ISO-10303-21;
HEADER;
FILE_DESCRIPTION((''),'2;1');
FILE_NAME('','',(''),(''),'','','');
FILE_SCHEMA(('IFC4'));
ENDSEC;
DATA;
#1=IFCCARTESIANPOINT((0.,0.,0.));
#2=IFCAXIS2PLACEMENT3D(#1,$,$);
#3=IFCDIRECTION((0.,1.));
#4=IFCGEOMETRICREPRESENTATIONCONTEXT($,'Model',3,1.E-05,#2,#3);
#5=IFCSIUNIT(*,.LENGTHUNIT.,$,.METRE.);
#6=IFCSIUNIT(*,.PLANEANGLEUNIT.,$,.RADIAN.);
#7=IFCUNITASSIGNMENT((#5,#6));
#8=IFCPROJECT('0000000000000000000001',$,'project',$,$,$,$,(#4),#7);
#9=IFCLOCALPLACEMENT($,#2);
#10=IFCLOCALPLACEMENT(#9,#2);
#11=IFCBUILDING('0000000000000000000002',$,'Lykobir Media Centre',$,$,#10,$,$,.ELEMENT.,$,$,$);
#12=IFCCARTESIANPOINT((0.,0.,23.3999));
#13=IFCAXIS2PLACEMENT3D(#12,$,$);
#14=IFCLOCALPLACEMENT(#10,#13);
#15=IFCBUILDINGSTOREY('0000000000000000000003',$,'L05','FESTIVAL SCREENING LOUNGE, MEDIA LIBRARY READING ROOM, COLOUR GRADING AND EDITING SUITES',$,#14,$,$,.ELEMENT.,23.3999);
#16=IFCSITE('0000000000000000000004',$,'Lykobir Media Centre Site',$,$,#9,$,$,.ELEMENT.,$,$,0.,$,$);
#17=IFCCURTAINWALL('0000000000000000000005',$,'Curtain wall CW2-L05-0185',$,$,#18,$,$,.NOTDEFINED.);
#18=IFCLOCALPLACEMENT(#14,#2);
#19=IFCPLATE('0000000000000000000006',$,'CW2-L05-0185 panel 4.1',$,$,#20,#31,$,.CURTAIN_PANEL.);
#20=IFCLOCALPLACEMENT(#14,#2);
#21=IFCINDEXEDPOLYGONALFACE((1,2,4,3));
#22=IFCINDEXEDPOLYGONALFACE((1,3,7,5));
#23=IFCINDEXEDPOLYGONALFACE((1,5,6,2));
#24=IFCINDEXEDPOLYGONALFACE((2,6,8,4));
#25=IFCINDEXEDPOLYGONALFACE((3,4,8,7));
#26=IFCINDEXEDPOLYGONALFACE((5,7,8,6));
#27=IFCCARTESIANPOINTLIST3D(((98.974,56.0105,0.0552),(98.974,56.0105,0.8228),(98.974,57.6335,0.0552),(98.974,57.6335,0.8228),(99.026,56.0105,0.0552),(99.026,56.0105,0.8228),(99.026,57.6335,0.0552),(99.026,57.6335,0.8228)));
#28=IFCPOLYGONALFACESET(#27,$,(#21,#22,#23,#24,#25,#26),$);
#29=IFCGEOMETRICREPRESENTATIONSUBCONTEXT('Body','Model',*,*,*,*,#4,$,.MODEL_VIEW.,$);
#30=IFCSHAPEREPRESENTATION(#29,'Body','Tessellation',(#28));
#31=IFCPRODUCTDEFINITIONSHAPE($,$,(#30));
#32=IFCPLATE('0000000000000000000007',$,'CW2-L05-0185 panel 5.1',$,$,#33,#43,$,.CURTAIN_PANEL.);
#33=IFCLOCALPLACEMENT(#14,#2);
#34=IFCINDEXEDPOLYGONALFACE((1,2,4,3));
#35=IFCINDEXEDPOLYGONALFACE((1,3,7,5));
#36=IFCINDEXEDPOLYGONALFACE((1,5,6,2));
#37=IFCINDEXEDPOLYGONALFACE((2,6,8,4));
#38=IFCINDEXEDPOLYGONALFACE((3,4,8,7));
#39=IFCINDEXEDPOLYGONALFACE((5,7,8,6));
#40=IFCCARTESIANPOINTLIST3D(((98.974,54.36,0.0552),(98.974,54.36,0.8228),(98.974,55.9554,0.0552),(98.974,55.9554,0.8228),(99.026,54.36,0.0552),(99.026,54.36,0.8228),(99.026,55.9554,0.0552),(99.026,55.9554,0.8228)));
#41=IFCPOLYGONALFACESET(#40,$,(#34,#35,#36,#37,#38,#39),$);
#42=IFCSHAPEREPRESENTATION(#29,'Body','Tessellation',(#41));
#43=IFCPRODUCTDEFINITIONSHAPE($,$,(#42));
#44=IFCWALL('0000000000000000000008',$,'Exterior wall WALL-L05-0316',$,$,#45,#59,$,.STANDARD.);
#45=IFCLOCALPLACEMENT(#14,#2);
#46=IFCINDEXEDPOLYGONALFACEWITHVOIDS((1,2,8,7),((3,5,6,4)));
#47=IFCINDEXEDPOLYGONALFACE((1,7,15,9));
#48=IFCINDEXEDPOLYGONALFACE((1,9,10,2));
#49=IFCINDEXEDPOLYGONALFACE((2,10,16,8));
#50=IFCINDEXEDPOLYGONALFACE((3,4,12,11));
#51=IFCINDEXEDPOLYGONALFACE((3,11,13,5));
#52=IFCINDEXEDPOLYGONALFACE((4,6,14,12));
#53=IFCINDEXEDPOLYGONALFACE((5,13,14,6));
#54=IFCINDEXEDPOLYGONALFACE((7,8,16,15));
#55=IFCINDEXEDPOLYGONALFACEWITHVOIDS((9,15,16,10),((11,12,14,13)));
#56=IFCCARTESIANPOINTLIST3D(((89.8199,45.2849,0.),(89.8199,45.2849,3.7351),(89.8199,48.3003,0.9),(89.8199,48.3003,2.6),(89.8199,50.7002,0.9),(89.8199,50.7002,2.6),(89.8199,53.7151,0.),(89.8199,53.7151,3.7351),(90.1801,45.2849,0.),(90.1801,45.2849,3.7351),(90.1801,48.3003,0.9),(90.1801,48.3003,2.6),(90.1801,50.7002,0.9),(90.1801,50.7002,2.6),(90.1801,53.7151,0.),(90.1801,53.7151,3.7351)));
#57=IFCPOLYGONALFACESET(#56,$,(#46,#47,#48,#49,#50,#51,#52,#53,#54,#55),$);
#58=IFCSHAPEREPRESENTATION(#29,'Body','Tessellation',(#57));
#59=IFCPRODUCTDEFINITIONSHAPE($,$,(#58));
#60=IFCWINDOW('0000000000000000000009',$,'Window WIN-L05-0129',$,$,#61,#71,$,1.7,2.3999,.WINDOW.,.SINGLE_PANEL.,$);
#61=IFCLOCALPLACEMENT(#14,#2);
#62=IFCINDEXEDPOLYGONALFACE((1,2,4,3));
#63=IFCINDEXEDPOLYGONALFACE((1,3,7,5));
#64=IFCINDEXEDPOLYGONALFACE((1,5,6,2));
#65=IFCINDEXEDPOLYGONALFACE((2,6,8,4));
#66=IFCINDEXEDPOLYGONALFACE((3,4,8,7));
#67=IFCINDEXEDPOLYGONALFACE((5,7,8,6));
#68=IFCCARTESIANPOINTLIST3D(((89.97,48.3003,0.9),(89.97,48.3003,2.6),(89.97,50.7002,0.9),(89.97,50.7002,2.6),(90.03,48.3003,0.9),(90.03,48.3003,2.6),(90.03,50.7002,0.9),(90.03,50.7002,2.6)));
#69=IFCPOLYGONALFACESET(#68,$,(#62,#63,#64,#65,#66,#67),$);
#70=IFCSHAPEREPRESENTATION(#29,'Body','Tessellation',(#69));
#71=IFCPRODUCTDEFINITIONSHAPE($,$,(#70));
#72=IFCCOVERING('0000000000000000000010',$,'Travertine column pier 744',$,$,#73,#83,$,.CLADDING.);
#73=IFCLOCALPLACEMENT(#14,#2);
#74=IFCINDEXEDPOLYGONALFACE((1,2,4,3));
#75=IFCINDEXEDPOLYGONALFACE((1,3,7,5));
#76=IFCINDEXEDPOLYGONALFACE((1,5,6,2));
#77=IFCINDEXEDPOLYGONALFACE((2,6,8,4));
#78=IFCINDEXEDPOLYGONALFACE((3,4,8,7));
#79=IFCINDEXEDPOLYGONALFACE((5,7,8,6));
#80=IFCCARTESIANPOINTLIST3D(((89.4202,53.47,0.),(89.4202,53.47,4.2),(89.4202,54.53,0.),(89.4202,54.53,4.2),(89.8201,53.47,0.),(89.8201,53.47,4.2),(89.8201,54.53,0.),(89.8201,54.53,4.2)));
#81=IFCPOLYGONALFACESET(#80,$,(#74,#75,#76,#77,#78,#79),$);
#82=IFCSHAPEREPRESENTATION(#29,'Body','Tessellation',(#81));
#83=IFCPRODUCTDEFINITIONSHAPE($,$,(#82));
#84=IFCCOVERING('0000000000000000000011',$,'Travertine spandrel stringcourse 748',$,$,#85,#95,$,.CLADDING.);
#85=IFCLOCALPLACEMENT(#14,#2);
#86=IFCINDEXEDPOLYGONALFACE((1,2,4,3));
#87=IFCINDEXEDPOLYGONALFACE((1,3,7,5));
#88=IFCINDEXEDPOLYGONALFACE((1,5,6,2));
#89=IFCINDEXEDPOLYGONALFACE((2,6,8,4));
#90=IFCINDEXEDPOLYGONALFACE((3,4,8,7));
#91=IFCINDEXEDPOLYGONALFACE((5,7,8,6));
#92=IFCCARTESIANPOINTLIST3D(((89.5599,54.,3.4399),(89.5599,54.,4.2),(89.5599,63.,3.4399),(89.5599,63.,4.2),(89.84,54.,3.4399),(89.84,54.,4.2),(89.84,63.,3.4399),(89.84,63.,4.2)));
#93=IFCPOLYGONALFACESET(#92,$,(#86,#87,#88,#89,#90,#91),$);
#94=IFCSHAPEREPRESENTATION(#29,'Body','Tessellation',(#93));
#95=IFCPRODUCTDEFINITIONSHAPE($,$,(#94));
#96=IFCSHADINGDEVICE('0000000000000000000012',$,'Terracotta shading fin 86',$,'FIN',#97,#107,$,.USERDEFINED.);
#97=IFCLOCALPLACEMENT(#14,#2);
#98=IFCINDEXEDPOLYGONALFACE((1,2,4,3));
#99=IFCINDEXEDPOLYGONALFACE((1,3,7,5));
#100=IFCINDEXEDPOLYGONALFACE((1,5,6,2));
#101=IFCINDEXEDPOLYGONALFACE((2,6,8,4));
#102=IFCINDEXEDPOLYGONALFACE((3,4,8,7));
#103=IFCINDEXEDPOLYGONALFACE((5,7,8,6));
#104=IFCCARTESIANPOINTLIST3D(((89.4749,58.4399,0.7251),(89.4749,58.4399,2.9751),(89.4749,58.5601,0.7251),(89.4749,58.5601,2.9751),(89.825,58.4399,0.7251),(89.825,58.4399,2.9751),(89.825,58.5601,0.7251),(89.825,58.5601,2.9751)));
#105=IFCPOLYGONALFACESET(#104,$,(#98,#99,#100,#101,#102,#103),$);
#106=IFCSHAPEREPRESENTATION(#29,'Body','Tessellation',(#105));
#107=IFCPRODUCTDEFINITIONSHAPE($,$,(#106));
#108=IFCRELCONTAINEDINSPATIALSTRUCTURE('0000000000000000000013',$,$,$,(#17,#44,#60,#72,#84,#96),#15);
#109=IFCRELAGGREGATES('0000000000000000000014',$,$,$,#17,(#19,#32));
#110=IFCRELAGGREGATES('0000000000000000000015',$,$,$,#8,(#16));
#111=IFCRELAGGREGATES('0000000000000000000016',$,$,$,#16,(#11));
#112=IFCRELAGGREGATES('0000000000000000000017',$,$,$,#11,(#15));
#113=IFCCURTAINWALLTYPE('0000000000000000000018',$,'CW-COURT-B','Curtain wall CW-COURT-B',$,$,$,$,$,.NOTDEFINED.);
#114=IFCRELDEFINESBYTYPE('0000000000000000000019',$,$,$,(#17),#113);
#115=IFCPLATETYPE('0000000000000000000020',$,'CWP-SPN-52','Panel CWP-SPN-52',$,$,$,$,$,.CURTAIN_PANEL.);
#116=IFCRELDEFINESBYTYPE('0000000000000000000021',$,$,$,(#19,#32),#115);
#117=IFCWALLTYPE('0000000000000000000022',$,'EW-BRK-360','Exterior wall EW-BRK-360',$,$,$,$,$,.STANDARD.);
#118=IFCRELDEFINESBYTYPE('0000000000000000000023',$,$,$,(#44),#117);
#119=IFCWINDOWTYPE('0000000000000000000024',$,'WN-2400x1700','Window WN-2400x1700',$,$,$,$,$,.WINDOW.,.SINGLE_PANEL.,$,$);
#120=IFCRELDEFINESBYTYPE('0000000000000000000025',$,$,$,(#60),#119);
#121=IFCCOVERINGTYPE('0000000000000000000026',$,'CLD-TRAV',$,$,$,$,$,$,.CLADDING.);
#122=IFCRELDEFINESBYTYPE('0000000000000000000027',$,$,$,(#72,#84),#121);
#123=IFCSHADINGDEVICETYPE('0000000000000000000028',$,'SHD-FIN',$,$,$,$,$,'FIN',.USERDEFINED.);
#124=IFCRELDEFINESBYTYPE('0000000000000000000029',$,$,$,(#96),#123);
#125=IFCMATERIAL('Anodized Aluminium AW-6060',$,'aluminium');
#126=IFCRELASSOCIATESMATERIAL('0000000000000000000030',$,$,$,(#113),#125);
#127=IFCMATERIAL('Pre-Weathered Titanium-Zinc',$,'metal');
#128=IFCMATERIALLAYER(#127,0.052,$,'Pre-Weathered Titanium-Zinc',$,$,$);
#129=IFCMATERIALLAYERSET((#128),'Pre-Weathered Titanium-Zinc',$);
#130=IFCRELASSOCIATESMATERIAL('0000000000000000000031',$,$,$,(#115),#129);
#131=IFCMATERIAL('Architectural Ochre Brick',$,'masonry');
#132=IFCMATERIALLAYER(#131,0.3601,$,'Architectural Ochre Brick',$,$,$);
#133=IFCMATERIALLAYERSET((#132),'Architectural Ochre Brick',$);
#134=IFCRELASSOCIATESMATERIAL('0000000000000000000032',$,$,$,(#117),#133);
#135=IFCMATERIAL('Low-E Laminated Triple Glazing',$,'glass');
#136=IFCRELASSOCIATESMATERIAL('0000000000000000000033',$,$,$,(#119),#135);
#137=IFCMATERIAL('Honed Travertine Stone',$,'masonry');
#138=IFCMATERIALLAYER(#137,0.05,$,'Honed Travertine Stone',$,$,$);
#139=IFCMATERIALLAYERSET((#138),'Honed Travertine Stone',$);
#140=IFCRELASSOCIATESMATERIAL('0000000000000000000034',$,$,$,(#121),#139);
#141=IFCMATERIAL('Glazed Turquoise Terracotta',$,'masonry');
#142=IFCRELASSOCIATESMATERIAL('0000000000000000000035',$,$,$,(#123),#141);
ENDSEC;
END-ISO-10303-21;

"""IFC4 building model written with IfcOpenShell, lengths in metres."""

from ifc_helpers import new_model, si_unit, direction, frame, frame_2d, origin, origin_2d, place, context, subcontext, project, spatial, rectangle, extrude, material, layer, layer_set, type_object, element, fill, aggregate, save


model = new_model("IFC4")

# Units and contexts
model_context = context("Model", 3, precision=1e-05, world=origin(), true_north=direction((0.0, 1.0)))
body_context = subcontext(model_context, "Body", "Model", "MODEL_VIEW")
ifc_project = project(units=[si_unit("LENGTHUNIT", "METRE"), si_unit("PLANEANGLEUNIT", "RADIAN")], contexts=[model_context])

# Site, building, storey
site_placement = place(None, origin())
site = spatial("IfcSite", under=ifc_project, at=site_placement, Name="Lykobir Media Centre Site", CompositionType="ELEMENT", RefElevation=0.0)
building_placement = place(site_placement, origin())
building = spatial("IfcBuilding", under=site, at=building_placement, Name="Lykobir Media Centre", CompositionType="ELEMENT")
storey_placement = place(building_placement, frame((0.0, 0.0, 23.3999)))
storey = spatial("IfcBuildingStorey", under=building, at=storey_placement, Name="L05", Description="FESTIVAL SCREENING LOUNGE, MEDIA LIBRARY READING ROOM, COLOUR GRADING AND EDITING SUITES", CompositionType="ELEMENT", Elevation=23.3999)

# Curtain wall
ifc_material_1 = material(Name="Anodized Aluminium AW-6060", Category="aluminium")
curtain_wall_type = type_object("IfcCurtainWallType", Name="CW-COURT-B", Description="Curtain wall CW-COURT-B", PredefinedType="NOTDEFINED", material=ifc_material_1)
curtain_wall_placement = place(storey_placement, origin())
curtain_wall = element("IfcCurtainWall", 1, at=curtain_wall_placement, inside=storey, type_object=curtain_wall_type, Name="Curtain wall CW2-L05-0185", PredefinedType="NOTDEFINED")

# Plates
ifc_material_2 = material(Name="Low-E Laminated Triple Glazing", Category="glass")
ifc_material_3 = material(Name="Pre-Weathered Titanium-Zinc", Category="metal")
ifc_layer_1 = layer(ifc_material_3, 0.052, Name="Pre-Weathered Titanium-Zinc")
ifc_layer_set_1 = layer_set([ifc_layer_1], Name="Pre-Weathered Titanium-Zinc")
plate_type_1 = type_object("IfcPlateType", Name="CWP-SPN-52", Description="Panel CWP-SPN-52", PredefinedType="CURTAIN_PANEL", material=ifc_layer_set_1)
plate_1_placement = place(storey_placement, frame((99.0, 56.822, 0.0552), z_axis=(0.0, 0.0, 1.0), x_axis=(0.0, -1.0, 0.0)))
plate_1 = element("IfcPlate", 2, at=plate_1_placement, type_object=plate_type_1, Name="CW2-L05-0185 panel 4.1", PredefinedType="CURTAIN_PANEL", context=body_context, shape_type="SweptSolid", body=[
    extrude(rectangle(XDim=1.623, YDim=0.052, at=origin_2d()), origin(), (0.0, 0.0, 1.0), 0.7676),
])
plate_2_placement = place(storey_placement, frame((99.0, 55.1577, 0.0552), z_axis=(0.0, 0.0, 1.0), x_axis=(0.0, -1.0, 0.0)))
plate_2 = element("IfcPlate", 3, at=plate_2_placement, type_object=plate_type_1, Name="CW2-L05-0185 panel 5.1", PredefinedType="CURTAIN_PANEL", context=body_context, shape_type="SweptSolid", body=[
    extrude(rectangle(XDim=1.5955, YDim=0.052, at=origin_2d()), origin(), (0.0, 0.0, 1.0), 0.7676),
])
aggregate(curtain_wall, [plate_1, plate_2])

# Wall, opening, window
ifc_material_4 = material(Name="Architectural Ochre Brick", Category="masonry")
ifc_layer_2 = layer(ifc_material_4, 0.3601, Name="Architectural Ochre Brick")
ifc_layer_set_2 = layer_set([ifc_layer_2], Name="Architectural Ochre Brick")
wall_type = type_object("IfcWallType", Name="EW-BRK-360", Description="Exterior wall EW-BRK-360", PredefinedType="STANDARD", material=ifc_layer_set_2)
wall_placement = place(storey_placement, frame((90.0, 53.7151, 0.0), z_axis=(0.0, 0.0, 1.0), x_axis=(0.0, -1.0, 0.0)))
wall = element("IfcWall", 4, at=wall_placement, inside=storey, type_object=wall_type, Name="Exterior wall WALL-L05-0316", PredefinedType="STANDARD", context=body_context, shape_type="SweptSolid", body=[
    extrude(rectangle(XDim=8.4302, YDim=0.3601, at=frame_2d((4.2151, 0.0))), origin(), (0.0, 0.0, 1.0), 3.7351),
])
opening_placement = place(wall_placement, frame((3.0149, 0.0, 0.8999)))
opening = element("IfcOpeningElement", 5, at=opening_placement, cuts=wall, PredefinedType="OPENING", context=body_context, shape_type="SweptSolid", body=[
    extrude(rectangle(XDim=2.3999, YDim=1.7, at=frame_2d((1.2, 0.8501))), frame((0.0, 0.1899, 0.0), z_axis=(0.0, -1.0, 0.0), x_axis=(1.0, 0.0, 0.0)), (0.0, 0.0, 1.0), 0.3801),
])
window_type = type_object("IfcWindowType", Name="WN-2400x1700", Description="Window WN-2400x1700", PartitioningType="SINGLE_PANEL", PredefinedType="WINDOW", material=ifc_material_2)
window_placement = place(opening_placement, origin())
window = element("IfcWindow", 6, at=window_placement, inside=storey, type_object=window_type, Name="Window WIN-L05-0129", OverallHeight=1.7, OverallWidth=2.3999, PartitioningType="SINGLE_PANEL", PredefinedType="WINDOW", context=body_context, shape_type="SweptSolid", body=[
    extrude(rectangle(XDim=2.3999, YDim=1.7, at=frame_2d((1.2, 0.8501))), frame((0.0, 0.03, 0.0), z_axis=(0.0, -1.0, 0.0), x_axis=(1.0, 0.0, 0.0)), (0.0, 0.0, 1.0), 0.0601),
])
fill(opening, window)

# Coverings
ifc_material_5 = material(Name="Honed Travertine Stone", Category="masonry")
ifc_layer_3 = layer(ifc_material_5, 0.05, Name="Honed Travertine Stone")
ifc_layer_set_3 = layer_set([ifc_layer_3], Name="Honed Travertine Stone")
covering_type = type_object("IfcCoveringType", Name="CLD-TRAV", PredefinedType="CLADDING", material=ifc_layer_set_3)
covering_1_placement = place(storey_placement, frame((89.6201, 54.0, 0.0), z_axis=(0.0, 0.0, 1.0), x_axis=(0.0, -1.0, 0.0)))
element("IfcCovering", 7, at=covering_1_placement, inside=storey, type_object=covering_type, Name="Travertine column pier 744", PredefinedType="CLADDING", context=body_context, shape_type="SweptSolid", body=[
    extrude(rectangle(XDim=1.0601, YDim=0.3999, at=origin_2d()), origin(), (0.0, 0.0, 1.0), 4.2),
])
covering_2_placement = place(storey_placement, frame((89.7, 58.5, 3.4399), z_axis=(0.0, 0.0, 1.0), x_axis=(0.0, -1.0, 0.0)))
element("IfcCovering", 8, at=covering_2_placement, inside=storey, type_object=covering_type, Name="Travertine spandrel stringcourse 748", PredefinedType="CLADDING", context=body_context, shape_type="SweptSolid", body=[
    extrude(rectangle(XDim=9.0, YDim=0.28, at=origin_2d()), origin(), (0.0, 0.0, 1.0), 0.76),
])

# Shading device
ifc_material_6 = material(Name="Glazed Turquoise Terracotta", Category="masonry")
shading_device_type = type_object("IfcShadingDeviceType", Name="SHD-FIN", ElementType="FIN", PredefinedType="USERDEFINED", material=ifc_material_6)
shading_device_placement = place(storey_placement, frame((89.6499, 58.5, 0.7251), z_axis=(0.0, 0.0, 1.0), x_axis=(0.0, -1.0, 0.0)))
element("IfcShadingDevice", 9, at=shading_device_placement, inside=storey, type_object=shading_device_type, Name="Terracotta shading fin 86", ObjectType="FIN", PredefinedType="USERDEFINED", context=body_context, shape_type="SweptSolid", body=[
    extrude(rectangle(XDim=0.1201, YDim=0.3501, at=origin_2d()), origin(), (0.0, 0.0, 1.0), 2.25),
])

save(model, "model.ifc")
